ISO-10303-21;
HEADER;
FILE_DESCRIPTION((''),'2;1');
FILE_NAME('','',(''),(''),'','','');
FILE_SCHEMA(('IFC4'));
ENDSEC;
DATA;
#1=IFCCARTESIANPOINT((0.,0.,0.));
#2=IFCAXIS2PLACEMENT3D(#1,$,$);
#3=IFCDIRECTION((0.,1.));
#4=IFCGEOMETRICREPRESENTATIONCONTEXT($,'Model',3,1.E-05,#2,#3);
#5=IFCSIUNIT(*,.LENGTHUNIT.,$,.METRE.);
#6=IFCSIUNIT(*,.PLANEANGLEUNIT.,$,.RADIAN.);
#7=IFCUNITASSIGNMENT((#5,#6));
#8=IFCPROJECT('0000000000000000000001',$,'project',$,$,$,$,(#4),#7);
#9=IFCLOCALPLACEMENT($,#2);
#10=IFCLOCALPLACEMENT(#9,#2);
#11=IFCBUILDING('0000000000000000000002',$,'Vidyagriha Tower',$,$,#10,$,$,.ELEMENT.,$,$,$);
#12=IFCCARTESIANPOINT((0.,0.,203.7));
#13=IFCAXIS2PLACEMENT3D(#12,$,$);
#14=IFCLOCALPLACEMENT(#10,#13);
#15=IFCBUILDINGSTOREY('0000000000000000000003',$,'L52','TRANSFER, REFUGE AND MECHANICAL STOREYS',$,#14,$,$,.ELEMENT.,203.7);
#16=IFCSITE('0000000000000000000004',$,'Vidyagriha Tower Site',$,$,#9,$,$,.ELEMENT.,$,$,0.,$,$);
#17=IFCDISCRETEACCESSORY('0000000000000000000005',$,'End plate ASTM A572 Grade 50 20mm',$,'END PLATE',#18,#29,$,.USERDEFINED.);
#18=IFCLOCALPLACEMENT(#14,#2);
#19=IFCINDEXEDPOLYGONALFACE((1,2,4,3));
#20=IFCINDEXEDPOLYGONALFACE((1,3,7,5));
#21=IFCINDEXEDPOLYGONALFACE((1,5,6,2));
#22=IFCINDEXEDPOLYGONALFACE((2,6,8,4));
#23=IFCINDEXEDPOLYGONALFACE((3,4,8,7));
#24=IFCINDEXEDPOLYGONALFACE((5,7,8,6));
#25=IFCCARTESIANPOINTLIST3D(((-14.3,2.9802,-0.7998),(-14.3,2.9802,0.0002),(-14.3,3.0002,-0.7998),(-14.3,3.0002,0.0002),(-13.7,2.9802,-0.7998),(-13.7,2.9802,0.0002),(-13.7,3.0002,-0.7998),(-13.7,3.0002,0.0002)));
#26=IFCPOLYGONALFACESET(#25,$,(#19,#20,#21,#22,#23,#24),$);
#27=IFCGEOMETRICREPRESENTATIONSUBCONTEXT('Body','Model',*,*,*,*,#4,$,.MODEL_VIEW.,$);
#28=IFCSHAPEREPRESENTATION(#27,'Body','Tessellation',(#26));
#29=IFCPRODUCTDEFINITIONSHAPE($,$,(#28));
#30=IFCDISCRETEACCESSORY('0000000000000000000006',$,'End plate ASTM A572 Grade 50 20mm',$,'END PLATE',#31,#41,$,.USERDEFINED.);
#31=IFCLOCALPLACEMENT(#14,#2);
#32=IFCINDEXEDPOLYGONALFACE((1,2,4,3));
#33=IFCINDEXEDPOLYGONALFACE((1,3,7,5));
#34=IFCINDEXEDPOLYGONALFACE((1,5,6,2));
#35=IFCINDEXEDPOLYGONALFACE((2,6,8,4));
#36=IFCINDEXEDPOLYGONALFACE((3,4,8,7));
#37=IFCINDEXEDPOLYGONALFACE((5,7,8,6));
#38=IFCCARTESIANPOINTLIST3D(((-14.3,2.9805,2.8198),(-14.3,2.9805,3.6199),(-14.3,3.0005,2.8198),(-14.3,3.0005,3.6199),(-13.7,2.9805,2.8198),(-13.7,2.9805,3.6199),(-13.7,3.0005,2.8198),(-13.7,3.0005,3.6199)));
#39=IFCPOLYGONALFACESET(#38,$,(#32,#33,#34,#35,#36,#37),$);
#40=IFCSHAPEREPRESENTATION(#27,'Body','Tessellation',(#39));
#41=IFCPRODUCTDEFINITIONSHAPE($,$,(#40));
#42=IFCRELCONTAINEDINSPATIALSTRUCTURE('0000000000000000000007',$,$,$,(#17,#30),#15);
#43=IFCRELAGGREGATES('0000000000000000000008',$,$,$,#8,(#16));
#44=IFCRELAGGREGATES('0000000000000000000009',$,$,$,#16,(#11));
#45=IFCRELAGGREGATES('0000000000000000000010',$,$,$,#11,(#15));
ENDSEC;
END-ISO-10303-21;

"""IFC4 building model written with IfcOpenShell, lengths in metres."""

from ifc_helpers import new_model, si_unit, direction, frame, origin, origin_2d, place, context, subcontext, project, spatial, rectangle, extrude, element, save


model = new_model("IFC4")

# Units and contexts
model_context = context("Model", 3, precision=1e-05, world=origin(), true_north=direction((0.0, 1.0)))
body_context = subcontext(model_context, "Body", "Model", "MODEL_VIEW")
ifc_project = project(units=[si_unit("LENGTHUNIT", "METRE"), si_unit("PLANEANGLEUNIT", "RADIAN")], contexts=[model_context])

# Site, building, storey
site_placement = place(None, origin())
site = spatial("IfcSite", under=ifc_project, at=site_placement, Name="Vidyagriha Tower Site", CompositionType="ELEMENT", RefElevation=0.0)
building_placement = place(site_placement, origin())
building = spatial("IfcBuilding", under=site, at=building_placement, Name="Vidyagriha Tower", CompositionType="ELEMENT")
storey_placement = place(building_placement, frame((0.0, 0.0, 203.7)))
storey = spatial("IfcBuildingStorey", under=building, at=storey_placement, Name="L52", Description="TRANSFER, REFUGE AND MECHANICAL STOREYS", CompositionType="ELEMENT", Elevation=203.7)

# Discrete accessories
for number, where, z_axis, x_axis, name in (
    (1, (-14.0, 2.9902, -0.7998), (0.0, 0.0, 1.0), (0.0, 1.0, 0.0), "End plate ASTM A572 Grade 50 20mm"),
    (2, (-14.0, 2.9905, 2.8198), (0.0, 0.0, 1.0), (0.0, 1.0, 0.0), "End plate ASTM A572 Grade 50 20mm"),
):
    element("IfcDiscreteAccessory", number, at=place(storey_placement, frame(where, z_axis=z_axis, x_axis=x_axis)), inside=storey, Name=name, ObjectType="END PLATE", PredefinedType="USERDEFINED", context=body_context, shape_type="SweptSolid", body=[
        extrude(rectangle(XDim=0.02, YDim=0.6001, at=origin_2d()), origin(), (0.0, 0.0, 1.0), 0.8),
    ])

save(model, "model.ifc")
